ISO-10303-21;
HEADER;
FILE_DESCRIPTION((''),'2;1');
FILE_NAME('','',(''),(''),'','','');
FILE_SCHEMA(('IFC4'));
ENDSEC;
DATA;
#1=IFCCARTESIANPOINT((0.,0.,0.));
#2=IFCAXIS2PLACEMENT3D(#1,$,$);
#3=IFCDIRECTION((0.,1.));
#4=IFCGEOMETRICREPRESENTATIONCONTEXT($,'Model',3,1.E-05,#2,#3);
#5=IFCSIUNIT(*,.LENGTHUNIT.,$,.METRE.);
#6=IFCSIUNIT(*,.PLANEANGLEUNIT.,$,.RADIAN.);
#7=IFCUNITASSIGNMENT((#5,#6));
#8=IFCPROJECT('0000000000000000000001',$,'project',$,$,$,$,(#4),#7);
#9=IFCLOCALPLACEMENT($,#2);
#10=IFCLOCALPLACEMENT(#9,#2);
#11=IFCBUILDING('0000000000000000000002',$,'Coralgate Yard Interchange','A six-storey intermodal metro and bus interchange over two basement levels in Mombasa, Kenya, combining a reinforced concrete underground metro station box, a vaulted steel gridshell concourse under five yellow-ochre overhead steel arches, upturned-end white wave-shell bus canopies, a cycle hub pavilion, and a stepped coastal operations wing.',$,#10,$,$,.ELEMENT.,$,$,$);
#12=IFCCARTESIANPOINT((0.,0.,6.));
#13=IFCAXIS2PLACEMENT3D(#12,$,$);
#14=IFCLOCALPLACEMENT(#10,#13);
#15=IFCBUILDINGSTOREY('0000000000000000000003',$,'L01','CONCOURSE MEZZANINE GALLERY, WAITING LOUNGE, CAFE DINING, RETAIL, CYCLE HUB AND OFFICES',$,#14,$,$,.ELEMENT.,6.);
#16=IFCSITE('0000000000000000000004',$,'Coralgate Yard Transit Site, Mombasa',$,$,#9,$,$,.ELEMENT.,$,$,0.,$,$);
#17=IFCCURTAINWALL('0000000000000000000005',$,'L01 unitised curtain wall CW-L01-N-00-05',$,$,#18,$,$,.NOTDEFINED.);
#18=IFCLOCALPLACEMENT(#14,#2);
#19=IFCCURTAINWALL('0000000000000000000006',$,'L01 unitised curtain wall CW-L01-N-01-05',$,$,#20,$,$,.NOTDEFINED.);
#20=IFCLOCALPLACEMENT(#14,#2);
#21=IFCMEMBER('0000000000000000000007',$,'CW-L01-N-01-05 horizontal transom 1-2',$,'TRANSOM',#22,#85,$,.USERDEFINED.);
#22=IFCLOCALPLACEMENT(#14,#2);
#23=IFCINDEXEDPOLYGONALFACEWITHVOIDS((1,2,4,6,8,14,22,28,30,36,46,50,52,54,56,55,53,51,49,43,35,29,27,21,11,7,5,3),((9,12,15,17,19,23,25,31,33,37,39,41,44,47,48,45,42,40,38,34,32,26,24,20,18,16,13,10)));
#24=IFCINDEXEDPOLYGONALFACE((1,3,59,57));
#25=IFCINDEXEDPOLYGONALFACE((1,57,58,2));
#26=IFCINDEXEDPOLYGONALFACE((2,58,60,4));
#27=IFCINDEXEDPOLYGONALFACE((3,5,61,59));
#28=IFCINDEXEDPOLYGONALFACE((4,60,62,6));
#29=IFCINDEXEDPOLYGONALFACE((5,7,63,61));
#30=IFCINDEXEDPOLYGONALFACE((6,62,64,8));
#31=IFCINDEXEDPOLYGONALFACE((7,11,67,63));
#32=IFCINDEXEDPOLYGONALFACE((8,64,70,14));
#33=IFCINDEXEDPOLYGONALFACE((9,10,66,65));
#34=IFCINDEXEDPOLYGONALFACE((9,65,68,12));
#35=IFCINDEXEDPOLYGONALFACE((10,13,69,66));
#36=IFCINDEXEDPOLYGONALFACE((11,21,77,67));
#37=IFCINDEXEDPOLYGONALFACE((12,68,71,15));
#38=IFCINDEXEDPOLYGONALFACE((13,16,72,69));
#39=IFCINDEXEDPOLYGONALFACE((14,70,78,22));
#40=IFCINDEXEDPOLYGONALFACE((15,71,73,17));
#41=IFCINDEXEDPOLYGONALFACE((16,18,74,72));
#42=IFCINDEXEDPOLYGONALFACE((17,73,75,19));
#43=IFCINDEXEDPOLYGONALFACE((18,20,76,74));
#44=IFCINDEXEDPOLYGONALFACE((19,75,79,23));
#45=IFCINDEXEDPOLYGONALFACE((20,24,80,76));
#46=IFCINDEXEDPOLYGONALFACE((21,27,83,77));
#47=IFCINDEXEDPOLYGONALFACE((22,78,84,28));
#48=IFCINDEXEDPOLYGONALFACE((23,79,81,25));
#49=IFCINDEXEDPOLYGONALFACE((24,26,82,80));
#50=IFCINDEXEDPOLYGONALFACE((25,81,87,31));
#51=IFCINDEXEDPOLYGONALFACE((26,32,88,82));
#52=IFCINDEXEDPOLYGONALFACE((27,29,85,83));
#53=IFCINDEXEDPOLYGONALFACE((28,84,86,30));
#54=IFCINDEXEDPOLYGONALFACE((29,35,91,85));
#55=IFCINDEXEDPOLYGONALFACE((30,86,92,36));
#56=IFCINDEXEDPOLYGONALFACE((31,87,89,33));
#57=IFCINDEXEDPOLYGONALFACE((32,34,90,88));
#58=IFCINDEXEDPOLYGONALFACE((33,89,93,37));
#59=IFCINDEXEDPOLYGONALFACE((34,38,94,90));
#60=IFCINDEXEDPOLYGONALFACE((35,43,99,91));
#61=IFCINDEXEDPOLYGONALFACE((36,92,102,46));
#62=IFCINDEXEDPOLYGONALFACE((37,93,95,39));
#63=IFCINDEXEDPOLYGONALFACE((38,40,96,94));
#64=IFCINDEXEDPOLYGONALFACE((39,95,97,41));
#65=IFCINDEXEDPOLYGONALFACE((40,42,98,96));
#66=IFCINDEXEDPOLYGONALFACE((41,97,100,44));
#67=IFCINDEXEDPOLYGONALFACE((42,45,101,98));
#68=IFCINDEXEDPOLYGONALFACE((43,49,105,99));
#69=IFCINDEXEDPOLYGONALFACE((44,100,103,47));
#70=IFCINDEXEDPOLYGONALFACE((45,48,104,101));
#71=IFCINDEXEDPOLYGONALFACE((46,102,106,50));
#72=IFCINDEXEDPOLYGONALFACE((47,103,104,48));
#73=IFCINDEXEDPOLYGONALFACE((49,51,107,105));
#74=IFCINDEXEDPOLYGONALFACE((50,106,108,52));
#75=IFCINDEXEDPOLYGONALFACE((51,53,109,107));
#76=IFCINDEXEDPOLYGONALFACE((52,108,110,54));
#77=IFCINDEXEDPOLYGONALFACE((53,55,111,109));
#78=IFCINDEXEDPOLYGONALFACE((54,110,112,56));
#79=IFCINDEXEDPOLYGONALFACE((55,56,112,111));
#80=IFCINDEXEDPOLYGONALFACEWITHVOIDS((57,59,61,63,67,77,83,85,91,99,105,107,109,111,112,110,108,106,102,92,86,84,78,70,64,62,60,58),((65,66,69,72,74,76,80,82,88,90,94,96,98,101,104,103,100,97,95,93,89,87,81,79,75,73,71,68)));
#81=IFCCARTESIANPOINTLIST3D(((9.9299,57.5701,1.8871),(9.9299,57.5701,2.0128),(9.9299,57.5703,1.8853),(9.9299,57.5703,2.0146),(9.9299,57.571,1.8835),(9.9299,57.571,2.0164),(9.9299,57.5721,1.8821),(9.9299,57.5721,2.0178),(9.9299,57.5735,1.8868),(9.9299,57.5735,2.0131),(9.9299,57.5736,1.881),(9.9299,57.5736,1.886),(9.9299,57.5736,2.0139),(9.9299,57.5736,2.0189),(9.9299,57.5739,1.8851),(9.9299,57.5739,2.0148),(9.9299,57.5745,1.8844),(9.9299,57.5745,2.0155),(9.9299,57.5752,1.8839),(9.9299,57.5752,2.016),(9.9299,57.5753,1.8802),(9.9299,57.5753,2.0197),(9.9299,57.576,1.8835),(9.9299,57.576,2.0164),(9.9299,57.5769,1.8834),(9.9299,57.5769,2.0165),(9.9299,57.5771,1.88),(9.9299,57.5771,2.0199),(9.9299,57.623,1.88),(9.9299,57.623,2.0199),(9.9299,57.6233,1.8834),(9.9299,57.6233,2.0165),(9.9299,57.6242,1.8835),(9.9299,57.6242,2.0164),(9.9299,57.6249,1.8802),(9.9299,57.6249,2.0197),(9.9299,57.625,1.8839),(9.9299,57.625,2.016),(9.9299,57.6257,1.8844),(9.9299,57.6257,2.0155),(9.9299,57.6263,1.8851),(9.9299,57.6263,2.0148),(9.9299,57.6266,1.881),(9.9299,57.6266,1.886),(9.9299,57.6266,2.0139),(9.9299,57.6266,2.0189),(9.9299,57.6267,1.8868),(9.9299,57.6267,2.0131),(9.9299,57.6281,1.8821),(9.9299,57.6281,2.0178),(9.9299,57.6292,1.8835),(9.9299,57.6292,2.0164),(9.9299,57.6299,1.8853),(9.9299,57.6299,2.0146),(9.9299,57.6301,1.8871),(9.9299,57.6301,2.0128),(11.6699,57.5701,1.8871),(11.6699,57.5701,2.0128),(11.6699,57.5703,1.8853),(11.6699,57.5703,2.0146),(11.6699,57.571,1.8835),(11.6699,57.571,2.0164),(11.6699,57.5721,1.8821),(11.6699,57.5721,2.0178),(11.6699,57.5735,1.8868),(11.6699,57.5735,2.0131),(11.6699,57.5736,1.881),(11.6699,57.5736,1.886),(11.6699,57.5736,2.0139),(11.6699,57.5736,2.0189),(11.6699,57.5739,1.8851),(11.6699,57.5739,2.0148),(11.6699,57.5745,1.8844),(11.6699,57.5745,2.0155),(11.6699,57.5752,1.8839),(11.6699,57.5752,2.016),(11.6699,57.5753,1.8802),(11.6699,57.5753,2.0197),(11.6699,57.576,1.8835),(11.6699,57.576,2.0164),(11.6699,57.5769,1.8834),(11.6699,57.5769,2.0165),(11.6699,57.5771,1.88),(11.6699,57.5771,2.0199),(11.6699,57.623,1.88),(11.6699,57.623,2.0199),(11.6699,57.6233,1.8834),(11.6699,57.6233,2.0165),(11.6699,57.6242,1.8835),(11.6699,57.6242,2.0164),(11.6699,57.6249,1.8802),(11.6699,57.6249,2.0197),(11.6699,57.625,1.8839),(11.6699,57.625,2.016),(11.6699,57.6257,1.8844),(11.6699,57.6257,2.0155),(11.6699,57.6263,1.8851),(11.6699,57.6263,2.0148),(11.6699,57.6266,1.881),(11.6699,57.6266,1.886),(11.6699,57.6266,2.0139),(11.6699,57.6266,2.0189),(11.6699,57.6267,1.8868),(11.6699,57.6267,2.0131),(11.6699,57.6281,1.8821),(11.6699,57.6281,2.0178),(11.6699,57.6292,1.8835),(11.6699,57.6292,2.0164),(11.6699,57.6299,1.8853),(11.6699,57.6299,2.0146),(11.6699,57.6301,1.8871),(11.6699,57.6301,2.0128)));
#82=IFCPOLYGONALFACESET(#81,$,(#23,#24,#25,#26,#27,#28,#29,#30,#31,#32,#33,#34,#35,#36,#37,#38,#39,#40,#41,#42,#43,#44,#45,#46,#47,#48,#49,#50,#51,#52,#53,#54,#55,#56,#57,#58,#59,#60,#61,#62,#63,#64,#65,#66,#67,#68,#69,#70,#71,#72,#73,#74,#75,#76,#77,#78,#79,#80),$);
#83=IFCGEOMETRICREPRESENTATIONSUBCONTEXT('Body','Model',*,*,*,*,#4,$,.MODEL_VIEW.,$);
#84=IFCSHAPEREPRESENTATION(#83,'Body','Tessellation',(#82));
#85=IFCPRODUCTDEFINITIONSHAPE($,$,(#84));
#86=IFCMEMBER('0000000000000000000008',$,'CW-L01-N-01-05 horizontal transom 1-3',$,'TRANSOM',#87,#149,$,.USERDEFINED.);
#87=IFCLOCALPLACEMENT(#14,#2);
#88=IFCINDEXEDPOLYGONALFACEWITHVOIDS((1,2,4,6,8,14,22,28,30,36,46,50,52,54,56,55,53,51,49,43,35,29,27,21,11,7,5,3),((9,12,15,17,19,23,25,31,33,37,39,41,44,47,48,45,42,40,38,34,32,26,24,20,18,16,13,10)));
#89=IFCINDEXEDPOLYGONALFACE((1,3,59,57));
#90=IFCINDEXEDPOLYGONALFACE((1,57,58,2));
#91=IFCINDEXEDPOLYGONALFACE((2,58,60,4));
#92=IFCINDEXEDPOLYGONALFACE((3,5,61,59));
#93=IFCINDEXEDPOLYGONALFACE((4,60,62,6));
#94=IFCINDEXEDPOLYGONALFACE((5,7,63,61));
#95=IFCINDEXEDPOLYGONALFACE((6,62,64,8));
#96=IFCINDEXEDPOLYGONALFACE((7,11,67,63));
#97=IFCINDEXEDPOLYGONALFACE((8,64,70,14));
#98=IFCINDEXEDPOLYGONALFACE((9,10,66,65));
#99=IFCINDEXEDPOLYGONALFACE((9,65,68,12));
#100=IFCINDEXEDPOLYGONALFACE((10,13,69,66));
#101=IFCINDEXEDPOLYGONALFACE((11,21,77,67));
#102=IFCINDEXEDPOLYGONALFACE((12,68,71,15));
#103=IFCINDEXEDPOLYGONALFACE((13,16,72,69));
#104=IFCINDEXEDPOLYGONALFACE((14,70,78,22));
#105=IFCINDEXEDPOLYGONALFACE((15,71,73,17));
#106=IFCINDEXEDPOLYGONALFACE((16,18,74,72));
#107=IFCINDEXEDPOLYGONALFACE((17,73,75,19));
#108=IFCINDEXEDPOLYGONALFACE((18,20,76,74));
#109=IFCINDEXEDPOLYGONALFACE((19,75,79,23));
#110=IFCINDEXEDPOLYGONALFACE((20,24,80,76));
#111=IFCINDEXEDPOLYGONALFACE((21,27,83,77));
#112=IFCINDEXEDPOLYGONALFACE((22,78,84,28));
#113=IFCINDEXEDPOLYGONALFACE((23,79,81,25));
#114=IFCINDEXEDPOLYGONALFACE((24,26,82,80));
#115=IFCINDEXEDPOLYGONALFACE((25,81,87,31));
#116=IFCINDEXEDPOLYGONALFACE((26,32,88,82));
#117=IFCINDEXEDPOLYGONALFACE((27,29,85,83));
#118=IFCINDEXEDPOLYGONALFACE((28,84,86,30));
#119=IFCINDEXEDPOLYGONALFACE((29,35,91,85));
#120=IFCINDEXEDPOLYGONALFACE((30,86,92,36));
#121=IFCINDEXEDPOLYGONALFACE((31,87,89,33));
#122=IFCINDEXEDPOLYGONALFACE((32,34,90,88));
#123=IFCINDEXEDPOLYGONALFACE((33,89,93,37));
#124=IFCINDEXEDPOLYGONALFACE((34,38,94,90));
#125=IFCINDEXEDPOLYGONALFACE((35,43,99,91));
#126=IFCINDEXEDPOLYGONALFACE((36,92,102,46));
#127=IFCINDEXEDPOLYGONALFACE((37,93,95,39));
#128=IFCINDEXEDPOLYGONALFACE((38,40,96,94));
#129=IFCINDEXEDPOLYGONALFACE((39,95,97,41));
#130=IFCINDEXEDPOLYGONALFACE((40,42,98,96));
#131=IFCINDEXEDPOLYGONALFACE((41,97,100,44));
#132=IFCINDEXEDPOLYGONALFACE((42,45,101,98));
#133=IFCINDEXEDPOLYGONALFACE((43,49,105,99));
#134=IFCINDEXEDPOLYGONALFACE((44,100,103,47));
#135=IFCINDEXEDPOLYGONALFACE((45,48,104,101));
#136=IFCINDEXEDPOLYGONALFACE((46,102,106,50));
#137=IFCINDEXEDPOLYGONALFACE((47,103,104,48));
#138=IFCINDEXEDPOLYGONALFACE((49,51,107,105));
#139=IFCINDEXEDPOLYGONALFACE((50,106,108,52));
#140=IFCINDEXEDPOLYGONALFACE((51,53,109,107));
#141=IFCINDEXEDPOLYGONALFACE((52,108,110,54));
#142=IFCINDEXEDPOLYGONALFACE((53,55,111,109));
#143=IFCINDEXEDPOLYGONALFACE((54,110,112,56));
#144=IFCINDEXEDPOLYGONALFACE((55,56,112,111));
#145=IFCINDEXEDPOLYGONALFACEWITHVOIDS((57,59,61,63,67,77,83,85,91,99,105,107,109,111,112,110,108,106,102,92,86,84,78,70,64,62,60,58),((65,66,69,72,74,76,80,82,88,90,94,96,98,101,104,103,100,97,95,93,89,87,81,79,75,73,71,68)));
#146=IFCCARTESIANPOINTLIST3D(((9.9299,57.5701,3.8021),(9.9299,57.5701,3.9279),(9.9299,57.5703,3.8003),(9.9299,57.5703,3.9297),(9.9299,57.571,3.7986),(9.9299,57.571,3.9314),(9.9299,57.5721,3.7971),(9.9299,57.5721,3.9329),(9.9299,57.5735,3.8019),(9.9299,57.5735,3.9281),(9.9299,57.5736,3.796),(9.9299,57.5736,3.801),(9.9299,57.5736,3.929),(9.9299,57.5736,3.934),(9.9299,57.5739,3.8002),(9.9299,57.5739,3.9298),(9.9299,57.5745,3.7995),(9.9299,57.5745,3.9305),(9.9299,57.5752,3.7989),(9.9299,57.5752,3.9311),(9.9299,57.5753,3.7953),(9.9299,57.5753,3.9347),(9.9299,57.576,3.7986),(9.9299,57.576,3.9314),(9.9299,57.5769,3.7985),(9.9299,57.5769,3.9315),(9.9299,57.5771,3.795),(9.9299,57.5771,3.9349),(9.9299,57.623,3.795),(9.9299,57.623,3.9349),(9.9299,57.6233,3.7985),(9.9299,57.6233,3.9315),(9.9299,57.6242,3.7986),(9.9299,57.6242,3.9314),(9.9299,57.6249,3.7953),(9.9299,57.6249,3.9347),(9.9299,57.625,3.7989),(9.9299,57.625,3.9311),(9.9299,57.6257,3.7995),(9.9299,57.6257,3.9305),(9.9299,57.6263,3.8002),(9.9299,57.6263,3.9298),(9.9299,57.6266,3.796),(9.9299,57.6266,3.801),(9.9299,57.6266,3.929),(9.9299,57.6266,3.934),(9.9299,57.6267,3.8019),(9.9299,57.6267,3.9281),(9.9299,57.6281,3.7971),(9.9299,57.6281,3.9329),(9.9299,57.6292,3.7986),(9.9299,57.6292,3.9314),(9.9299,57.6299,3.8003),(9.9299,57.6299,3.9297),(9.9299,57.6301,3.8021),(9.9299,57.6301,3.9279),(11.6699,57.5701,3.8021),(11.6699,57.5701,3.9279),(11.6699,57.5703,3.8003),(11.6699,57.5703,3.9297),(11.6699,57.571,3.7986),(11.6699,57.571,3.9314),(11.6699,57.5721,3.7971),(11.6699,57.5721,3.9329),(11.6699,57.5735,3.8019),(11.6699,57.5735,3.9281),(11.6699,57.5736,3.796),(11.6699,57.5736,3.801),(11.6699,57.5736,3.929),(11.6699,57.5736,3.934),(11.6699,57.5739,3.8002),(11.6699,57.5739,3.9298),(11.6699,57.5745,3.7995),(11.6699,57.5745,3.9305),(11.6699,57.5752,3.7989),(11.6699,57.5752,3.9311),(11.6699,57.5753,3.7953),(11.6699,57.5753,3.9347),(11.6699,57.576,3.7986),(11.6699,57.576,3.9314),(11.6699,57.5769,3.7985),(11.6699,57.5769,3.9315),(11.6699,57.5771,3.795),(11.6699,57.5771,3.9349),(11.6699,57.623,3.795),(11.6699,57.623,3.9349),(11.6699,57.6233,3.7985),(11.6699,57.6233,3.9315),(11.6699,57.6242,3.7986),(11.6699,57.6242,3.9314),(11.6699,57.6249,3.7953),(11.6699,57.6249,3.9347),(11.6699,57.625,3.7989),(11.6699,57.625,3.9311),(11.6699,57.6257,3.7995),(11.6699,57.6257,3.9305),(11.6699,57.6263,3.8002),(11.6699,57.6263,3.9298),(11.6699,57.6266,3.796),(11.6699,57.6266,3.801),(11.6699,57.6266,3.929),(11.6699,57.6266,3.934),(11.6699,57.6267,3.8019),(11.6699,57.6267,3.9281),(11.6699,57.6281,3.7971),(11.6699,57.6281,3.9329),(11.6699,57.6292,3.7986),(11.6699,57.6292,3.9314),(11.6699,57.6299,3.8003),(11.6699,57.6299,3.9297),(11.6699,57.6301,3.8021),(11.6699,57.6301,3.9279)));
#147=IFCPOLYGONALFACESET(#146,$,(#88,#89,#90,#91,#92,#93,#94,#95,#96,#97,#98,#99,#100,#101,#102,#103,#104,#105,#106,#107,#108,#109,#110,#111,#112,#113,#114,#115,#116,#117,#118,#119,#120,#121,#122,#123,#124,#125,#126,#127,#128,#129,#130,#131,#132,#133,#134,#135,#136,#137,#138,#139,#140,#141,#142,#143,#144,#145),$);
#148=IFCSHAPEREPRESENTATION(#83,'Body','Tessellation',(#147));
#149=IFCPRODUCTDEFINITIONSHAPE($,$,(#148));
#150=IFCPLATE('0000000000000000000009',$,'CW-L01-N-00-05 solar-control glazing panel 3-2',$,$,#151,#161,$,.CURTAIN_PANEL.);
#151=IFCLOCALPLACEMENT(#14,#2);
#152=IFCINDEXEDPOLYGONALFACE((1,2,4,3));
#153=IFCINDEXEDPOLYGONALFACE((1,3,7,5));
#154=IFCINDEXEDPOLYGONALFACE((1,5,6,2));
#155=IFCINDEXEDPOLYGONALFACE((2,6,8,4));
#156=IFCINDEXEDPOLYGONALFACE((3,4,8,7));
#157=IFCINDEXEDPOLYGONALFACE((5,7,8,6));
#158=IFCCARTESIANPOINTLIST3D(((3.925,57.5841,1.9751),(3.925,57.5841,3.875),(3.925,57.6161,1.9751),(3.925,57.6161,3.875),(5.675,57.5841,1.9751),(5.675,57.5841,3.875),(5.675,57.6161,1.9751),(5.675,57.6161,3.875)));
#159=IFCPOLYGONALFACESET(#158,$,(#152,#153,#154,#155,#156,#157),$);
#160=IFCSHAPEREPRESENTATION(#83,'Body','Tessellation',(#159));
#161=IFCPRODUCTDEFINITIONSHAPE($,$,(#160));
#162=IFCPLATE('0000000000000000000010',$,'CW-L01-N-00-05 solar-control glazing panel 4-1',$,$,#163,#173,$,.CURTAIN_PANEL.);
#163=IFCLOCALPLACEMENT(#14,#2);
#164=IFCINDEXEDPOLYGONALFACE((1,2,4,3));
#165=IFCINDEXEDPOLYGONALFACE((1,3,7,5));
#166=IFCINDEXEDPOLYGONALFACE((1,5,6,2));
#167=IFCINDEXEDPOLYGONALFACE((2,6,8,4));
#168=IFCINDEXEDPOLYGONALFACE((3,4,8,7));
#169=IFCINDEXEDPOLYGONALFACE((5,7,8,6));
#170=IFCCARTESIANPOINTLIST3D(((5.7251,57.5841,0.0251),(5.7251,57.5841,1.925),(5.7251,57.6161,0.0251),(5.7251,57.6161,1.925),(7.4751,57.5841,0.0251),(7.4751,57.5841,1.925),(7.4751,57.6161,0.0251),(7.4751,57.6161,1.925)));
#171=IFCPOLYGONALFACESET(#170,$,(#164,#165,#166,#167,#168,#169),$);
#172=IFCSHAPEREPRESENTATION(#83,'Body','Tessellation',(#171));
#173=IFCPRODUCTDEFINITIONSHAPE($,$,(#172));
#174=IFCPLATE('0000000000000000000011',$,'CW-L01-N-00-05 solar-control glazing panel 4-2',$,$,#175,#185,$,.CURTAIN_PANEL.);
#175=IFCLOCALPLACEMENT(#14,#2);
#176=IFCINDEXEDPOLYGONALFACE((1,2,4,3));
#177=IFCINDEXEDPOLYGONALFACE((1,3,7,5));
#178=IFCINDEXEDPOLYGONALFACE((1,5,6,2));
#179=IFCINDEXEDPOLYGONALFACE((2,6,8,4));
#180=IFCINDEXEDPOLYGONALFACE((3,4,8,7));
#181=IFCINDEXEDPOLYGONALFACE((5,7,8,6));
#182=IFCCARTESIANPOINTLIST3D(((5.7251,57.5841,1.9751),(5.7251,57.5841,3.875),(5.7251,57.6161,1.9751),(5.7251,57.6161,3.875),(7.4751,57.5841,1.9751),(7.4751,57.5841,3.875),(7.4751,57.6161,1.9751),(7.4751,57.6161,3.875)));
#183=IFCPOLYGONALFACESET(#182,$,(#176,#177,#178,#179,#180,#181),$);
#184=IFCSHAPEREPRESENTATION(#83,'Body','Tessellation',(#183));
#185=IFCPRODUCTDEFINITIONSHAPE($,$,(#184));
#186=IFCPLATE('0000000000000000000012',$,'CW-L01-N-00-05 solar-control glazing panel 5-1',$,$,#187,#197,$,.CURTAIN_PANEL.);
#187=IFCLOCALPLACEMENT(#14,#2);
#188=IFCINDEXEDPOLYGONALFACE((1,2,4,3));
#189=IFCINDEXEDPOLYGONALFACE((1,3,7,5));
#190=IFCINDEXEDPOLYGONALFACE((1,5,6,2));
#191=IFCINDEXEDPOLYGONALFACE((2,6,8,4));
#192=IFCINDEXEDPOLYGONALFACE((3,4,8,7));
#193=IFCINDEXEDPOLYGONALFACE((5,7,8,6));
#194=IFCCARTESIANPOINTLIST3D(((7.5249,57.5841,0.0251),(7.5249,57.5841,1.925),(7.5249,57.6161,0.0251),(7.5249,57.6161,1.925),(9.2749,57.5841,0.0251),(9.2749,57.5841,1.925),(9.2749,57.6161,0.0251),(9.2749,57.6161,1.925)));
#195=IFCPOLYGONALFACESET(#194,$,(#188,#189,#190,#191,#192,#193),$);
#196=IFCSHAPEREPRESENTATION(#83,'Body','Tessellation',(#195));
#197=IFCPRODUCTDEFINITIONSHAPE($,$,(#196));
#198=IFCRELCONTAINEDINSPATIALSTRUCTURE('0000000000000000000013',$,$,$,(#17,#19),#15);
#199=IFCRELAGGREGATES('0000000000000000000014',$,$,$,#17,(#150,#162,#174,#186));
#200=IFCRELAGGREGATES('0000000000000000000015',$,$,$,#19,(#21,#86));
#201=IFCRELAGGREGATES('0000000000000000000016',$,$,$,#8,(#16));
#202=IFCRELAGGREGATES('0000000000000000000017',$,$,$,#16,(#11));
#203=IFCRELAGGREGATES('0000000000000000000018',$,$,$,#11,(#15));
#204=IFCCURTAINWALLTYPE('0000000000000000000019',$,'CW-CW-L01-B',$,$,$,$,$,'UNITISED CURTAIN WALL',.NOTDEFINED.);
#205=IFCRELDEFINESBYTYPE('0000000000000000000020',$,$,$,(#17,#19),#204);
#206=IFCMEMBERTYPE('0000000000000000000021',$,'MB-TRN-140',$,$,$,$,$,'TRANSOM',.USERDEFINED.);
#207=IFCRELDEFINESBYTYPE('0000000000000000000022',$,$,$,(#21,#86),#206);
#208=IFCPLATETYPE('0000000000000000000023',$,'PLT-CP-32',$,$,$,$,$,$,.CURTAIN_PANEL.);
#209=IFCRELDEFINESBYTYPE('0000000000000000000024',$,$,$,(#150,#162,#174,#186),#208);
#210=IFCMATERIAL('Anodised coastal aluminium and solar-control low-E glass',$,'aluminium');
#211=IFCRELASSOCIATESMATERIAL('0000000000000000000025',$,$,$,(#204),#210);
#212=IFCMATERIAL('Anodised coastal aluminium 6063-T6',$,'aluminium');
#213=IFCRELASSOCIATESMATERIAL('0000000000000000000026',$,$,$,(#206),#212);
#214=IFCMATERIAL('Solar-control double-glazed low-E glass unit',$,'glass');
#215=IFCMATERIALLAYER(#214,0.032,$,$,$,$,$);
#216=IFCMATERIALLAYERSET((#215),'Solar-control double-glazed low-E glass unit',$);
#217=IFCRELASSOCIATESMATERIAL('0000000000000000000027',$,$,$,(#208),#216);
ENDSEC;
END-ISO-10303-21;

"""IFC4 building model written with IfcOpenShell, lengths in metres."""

from ifc_helpers import new_model, si_unit, direction, frame, origin, origin_2d, place, context, subcontext, project, spatial, rectangle, hollow_rectangle, extrude, material, layer, layer_set, material_profile, profile_set, type_object, element, aggregate, save


model = new_model("IFC4")

# Units and contexts
model_context = context("Model", 3, precision=1e-05, world=origin(), true_north=direction((0.0, 1.0)))
body_context = subcontext(model_context, "Body", "Model", "MODEL_VIEW")
ifc_project = project(units=[si_unit("LENGTHUNIT", "METRE"), si_unit("PLANEANGLEUNIT", "RADIAN")], contexts=[model_context])

# Site, building, storey
site_placement = place(None, origin())
site = spatial("IfcSite", under=ifc_project, at=site_placement, Name="Coralgate Yard Transit Site, Mombasa", CompositionType="ELEMENT", RefElevation=0.0)
building_placement = place(site_placement, origin())
building = spatial("IfcBuilding", under=site, at=building_placement, Name="Coralgate Yard Interchange", Description="A six-storey intermodal metro and bus interchange over two basement levels in Mombasa, Kenya, combining a reinforced concrete underground metro station box, a vaulted steel gridshell concourse under five yellow-ochre overhead steel arches, upturned-end white wave-shell bus canopies, a cycle hub pavilion, and a stepped coastal operations wing.", CompositionType="ELEMENT")
storey_placement = place(building_placement, frame((0.0, 0.0, 6.0)))
storey = spatial("IfcBuildingStorey", under=building, at=storey_placement, Name="L01", Description="CONCOURSE MEZZANINE GALLERY, WAITING LOUNGE, CAFE DINING, RETAIL, CYCLE HUB AND OFFICES", CompositionType="ELEMENT", Elevation=6.0)

# Curtain walls
ifc_material_1 = material(Name="Anodised coastal aluminium and solar-control low-E glass", Category="aluminium")
curtain_wall_type = type_object("IfcCurtainWallType", Name="CW-CW-L01-B", ElementType="UNITISED CURTAIN WALL", PredefinedType="NOTDEFINED", material=ifc_material_1)
curtain_wall_1_placement = place(storey_placement, origin())
curtain_wall_1 = element("IfcCurtainWall", 1, at=curtain_wall_1_placement, inside=storey, type_object=curtain_wall_type, Name="L01 unitised curtain wall CW-L01-N-00-05", PredefinedType="NOTDEFINED")
ifc_material_2 = material(Name="Anodised coastal aluminium 6063-T6", Category="aluminium")
curtain_wall_2_placement = place(storey_placement, origin())
curtain_wall_2 = element("IfcCurtainWall", 2, at=curtain_wall_2_placement, inside=storey, type_object=curtain_wall_type, Name="L01 unitised curtain wall CW-L01-N-01-05", PredefinedType="NOTDEFINED")

# Members
ifc_material_profile_1 = material_profile(ifc_material_2, hollow_rectangle(XDim=0.0601, YDim=0.1399, WallThickness=0.0034, InnerFilletRadius=0.0034, OuterFilletRadius=0.0071, at=origin_2d()), Name="ALU 60x140x3.5")
ifc_profile_set_1 = profile_set([ifc_material_profile_1], Name="Anodised coastal aluminium 6063-T6")
member_type_1 = type_object("IfcMemberType", Name="MB-TRN-140", ElementType="TRANSOM", PredefinedType="USERDEFINED", material=ifc_profile_set_1)
member_1_placement = place(storey_placement, frame((9.9299, 57.6001, 1.95), z_axis=(1.0, 0.0, 0.0), x_axis=(0.0, 1.0, 0.0)))
member_1 = element("IfcMember", 3, at=member_1_placement, type_object=member_type_1, Name="CW-L01-N-01-05 horizontal transom 1-2", ObjectType="TRANSOM", PredefinedType="USERDEFINED", context=body_context, shape_type="SweptSolid", body=[
    extrude(hollow_rectangle(XDim=0.0601, YDim=0.1399, WallThickness=0.0034, InnerFilletRadius=0.0034, OuterFilletRadius=0.0071, at=origin_2d()), origin(), (0.0, 0.0, 1.0), 1.74),
])
member_2_placement = place(storey_placement, frame((9.9299, 57.6001, 3.865), z_axis=(1.0, 0.0, 0.0), x_axis=(0.0, 1.0, 0.0)))
member_2 = element("IfcMember", 4, at=member_2_placement, type_object=member_type_1, Name="CW-L01-N-01-05 horizontal transom 1-3", ObjectType="TRANSOM", PredefinedType="USERDEFINED", context=body_context, shape_type="SweptSolid", body=[
    extrude(hollow_rectangle(XDim=0.0601, YDim=0.1399, WallThickness=0.0034, InnerFilletRadius=0.0034, OuterFilletRadius=0.0071, at=origin_2d()), origin(), (0.0, 0.0, 1.0), 1.74),
])

# Plates
ifc_material_3 = material(Name="Solar-control double-glazed low-E glass unit", Category="glass")
ifc_layer_1 = layer(ifc_material_3, 0.032)
ifc_layer_set_1 = layer_set([ifc_layer_1], Name="Solar-control double-glazed low-E glass unit")
plate_type = type_object("IfcPlateType", Name="PLT-CP-32", PredefinedType="CURTAIN_PANEL", material=ifc_layer_set_1)
plate_1_placement = place(storey_placement, frame((4.8, 57.6001, 1.9751), z_axis=(0.0, 0.0, 1.0), x_axis=(1.0, 0.0, 0.0)))
plate_1 = element("IfcPlate", 5, at=plate_1_placement, type_object=plate_type, Name="CW-L01-N-00-05 solar-control glazing panel 3-2", PredefinedType="CURTAIN_PANEL", context=body_context, shape_type="SweptSolid", body=[
    extrude(rectangle(XDim=1.75, YDim=0.032, at=origin_2d()), origin(), (0.0, 0.0, 1.0), 1.8999),
])
plate_2_placement = place(storey_placement, frame((6.6001, 57.6001, 0.0251), z_axis=(0.0, 0.0, 1.0), x_axis=(1.0, 0.0, 0.0)))
plate_2 = element("IfcPlate", 6, at=plate_2_placement, type_object=plate_type, Name="CW-L01-N-00-05 solar-control glazing panel 4-1", PredefinedType="CURTAIN_PANEL", context=body_context, shape_type="SweptSolid", body=[
    extrude(rectangle(XDim=1.75, YDim=0.032, at=origin_2d()), origin(), (0.0, 0.0, 1.0), 1.8999),
])
plate_3_placement = place(storey_placement, frame((6.6001, 57.6001, 1.9751), z_axis=(0.0, 0.0, 1.0), x_axis=(1.0, 0.0, 0.0)))
plate_3 = element("IfcPlate", 7, at=plate_3_placement, type_object=plate_type, Name="CW-L01-N-00-05 solar-control glazing panel 4-2", PredefinedType="CURTAIN_PANEL", context=body_context, shape_type="SweptSolid", body=[
    extrude(rectangle(XDim=1.75, YDim=0.032, at=origin_2d()), origin(), (0.0, 0.0, 1.0), 1.8999),
])
plate_4_placement = place(storey_placement, frame((8.3999, 57.6001, 0.0251), z_axis=(0.0, 0.0, 1.0), x_axis=(1.0, 0.0, 0.0)))
plate_4 = element("IfcPlate", 8, at=plate_4_placement, type_object=plate_type, Name="CW-L01-N-00-05 solar-control glazing panel 5-1", PredefinedType="CURTAIN_PANEL", context=body_context, shape_type="SweptSolid", body=[
    extrude(rectangle(XDim=1.75, YDim=0.032, at=origin_2d()), origin(), (0.0, 0.0, 1.0), 1.8999),
])
aggregate(curtain_wall_1, [plate_1, plate_2, plate_3, plate_4])
aggregate(curtain_wall_2, [member_1, member_2])

save(model, "model.ifc")
